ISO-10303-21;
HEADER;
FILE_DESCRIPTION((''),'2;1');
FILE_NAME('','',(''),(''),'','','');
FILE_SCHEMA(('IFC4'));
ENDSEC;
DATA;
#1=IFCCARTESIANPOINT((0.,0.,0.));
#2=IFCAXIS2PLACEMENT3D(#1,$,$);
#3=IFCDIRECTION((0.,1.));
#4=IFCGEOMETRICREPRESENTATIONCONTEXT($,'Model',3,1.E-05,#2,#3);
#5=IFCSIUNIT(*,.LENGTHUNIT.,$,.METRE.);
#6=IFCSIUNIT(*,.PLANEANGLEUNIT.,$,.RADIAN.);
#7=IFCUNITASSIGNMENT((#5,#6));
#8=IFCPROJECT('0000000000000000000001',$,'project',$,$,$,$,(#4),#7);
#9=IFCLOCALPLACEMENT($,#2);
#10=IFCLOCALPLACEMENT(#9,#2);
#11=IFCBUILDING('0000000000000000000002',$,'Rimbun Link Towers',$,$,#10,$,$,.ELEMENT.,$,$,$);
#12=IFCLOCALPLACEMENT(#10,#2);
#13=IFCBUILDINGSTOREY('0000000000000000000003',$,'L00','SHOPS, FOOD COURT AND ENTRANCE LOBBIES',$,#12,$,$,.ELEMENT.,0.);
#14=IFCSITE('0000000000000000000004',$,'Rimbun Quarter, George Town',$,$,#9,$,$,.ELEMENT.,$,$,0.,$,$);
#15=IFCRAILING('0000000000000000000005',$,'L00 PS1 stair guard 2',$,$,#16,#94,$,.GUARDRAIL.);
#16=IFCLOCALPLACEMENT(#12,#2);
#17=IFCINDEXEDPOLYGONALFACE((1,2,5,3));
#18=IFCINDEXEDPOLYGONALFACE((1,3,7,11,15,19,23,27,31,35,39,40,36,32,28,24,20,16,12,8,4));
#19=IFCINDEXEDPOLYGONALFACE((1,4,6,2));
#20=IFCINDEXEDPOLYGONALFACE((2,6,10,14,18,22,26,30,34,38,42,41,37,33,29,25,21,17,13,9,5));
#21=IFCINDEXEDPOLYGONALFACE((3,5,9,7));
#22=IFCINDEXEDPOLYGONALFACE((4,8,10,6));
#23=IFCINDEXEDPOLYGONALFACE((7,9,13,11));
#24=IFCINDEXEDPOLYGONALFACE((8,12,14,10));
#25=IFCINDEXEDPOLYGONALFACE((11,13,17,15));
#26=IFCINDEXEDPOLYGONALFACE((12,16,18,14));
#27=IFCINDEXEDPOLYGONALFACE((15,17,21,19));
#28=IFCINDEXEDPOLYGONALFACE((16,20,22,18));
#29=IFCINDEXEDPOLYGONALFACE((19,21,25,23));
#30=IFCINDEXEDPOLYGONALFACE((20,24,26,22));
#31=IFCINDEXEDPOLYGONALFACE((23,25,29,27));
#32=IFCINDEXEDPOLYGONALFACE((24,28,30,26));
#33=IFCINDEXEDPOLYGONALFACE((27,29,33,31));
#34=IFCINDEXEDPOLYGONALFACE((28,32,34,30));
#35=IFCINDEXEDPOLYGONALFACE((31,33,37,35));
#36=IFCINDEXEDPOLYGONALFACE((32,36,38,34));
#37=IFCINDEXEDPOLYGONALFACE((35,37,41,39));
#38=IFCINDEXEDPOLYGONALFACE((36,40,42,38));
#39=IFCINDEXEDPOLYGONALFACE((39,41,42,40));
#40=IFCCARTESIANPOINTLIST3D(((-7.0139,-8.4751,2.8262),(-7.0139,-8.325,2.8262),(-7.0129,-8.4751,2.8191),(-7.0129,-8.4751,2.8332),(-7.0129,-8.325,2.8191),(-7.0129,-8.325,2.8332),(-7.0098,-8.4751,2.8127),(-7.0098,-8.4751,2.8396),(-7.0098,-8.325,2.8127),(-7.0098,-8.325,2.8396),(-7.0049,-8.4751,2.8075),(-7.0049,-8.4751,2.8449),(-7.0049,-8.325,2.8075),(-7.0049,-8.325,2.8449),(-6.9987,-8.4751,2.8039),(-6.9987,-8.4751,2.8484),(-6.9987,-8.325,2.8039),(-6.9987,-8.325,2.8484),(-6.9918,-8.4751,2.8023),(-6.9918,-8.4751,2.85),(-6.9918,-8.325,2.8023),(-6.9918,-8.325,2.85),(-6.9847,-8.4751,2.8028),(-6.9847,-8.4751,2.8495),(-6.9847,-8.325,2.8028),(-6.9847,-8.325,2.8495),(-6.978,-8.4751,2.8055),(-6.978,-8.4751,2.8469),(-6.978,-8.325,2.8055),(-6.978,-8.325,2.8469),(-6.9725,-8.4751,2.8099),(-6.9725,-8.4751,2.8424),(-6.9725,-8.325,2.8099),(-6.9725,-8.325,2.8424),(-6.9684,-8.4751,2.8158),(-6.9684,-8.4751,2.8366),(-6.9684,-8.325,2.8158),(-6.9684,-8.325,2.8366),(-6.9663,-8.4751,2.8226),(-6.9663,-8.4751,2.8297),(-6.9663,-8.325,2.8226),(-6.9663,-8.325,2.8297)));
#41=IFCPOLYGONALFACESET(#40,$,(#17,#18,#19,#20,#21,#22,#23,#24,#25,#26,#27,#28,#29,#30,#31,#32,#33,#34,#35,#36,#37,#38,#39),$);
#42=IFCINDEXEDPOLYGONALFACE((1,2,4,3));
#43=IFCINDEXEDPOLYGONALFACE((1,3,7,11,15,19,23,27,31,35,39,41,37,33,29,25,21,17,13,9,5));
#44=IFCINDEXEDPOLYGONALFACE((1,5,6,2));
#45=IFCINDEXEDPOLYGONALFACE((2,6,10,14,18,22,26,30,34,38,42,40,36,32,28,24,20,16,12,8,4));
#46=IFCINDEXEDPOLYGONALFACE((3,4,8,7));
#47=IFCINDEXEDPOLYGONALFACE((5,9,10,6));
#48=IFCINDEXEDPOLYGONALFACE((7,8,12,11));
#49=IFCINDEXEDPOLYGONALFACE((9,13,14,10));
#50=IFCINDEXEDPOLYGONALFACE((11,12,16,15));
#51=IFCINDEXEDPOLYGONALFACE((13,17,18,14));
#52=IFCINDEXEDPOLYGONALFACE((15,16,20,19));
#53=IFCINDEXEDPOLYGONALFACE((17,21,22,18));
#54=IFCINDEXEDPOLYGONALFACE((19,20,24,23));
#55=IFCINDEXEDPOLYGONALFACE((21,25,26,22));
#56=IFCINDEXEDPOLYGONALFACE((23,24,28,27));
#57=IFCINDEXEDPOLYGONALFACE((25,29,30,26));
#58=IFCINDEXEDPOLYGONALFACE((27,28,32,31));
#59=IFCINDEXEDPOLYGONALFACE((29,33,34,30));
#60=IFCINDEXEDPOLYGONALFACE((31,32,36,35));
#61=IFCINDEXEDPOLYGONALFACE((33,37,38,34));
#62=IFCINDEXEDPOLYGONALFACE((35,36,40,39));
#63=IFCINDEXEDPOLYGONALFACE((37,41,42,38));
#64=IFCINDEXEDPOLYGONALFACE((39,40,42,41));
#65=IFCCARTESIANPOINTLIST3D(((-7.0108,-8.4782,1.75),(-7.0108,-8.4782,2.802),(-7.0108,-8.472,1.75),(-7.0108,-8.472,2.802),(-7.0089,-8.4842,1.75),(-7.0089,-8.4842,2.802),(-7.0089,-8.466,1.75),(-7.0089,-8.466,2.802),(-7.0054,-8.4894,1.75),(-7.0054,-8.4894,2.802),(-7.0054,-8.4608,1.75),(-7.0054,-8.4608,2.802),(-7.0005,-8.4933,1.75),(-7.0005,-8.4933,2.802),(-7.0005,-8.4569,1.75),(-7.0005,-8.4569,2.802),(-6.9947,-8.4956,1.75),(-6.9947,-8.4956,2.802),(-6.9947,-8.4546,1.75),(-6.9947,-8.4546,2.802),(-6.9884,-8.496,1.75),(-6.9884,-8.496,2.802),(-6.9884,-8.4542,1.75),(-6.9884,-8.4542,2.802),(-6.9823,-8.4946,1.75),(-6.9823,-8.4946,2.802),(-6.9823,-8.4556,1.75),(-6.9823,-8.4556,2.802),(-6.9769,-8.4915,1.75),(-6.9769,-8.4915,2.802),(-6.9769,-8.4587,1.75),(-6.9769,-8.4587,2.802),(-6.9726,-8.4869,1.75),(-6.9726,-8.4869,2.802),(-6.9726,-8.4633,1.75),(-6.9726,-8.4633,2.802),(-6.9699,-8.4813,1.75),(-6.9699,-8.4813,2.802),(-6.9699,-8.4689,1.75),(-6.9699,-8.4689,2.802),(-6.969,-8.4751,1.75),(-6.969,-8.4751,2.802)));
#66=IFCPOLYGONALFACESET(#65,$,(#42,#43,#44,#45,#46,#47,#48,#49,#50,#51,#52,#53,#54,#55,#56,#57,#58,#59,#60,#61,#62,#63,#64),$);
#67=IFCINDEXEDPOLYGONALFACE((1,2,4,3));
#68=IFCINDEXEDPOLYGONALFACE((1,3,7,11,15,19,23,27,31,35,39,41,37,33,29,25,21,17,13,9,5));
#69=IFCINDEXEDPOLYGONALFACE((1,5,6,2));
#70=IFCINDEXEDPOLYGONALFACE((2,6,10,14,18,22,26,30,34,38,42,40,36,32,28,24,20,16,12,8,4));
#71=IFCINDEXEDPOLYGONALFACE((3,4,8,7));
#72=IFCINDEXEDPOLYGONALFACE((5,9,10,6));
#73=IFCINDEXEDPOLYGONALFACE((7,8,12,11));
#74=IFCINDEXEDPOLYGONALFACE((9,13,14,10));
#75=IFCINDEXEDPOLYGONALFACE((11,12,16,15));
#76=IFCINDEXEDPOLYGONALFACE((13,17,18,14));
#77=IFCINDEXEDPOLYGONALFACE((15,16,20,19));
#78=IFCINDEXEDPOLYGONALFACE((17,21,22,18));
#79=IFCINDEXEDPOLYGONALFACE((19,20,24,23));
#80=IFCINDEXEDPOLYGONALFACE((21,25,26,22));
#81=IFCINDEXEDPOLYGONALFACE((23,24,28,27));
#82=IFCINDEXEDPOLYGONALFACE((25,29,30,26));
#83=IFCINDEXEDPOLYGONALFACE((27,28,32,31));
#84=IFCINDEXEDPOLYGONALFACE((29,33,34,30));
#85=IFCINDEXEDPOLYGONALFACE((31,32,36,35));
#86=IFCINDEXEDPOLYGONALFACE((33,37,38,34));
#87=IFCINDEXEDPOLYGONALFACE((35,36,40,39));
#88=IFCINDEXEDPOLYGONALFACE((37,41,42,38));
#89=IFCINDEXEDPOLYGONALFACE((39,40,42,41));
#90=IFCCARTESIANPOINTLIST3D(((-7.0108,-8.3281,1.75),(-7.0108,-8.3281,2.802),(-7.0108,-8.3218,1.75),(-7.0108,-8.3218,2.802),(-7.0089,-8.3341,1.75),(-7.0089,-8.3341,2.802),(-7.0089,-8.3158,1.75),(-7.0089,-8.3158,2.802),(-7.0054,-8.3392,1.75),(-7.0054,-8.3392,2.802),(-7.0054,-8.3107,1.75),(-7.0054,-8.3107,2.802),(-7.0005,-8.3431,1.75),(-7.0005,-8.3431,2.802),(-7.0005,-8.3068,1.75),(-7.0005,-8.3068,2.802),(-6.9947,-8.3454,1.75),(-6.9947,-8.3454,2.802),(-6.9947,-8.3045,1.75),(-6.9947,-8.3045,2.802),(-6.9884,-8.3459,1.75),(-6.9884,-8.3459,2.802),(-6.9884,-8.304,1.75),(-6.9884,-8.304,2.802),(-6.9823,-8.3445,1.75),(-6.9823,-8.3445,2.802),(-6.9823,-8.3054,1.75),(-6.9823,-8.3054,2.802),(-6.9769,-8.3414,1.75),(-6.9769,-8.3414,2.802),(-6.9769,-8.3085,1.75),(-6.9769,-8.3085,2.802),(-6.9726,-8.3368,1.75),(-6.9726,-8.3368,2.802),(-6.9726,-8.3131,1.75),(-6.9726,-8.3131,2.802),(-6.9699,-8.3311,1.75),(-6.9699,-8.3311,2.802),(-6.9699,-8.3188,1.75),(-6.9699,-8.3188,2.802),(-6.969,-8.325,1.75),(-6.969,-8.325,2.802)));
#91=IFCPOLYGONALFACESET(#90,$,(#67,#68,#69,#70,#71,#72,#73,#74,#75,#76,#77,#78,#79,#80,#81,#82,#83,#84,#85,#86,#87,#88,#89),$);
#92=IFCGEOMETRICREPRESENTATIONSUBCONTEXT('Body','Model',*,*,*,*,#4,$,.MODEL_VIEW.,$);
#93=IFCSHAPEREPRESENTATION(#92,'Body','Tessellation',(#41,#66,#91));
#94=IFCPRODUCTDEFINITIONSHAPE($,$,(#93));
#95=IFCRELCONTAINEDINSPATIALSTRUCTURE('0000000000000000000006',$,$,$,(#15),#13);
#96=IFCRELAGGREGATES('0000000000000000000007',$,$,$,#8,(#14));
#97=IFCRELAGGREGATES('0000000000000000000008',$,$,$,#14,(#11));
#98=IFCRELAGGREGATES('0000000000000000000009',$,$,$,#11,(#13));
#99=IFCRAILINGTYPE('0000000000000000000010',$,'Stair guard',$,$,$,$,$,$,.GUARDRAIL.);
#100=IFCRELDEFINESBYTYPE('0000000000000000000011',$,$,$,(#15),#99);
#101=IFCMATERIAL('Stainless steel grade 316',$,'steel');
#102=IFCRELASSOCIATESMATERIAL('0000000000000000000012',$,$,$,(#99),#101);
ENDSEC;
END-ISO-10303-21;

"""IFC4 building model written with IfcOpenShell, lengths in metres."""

from ifc_helpers import new_model, si_unit, direction, frame, origin, origin_2d, place, context, subcontext, project, spatial, circle, extrude, material, type_object, element, save


model = new_model("IFC4")

# Units and contexts
model_context = context("Model", 3, precision=1e-05, world=origin(), true_north=direction((0.0, 1.0)))
body_context = subcontext(model_context, "Body", "Model", "MODEL_VIEW")
ifc_project = project(units=[si_unit("LENGTHUNIT", "METRE"), si_unit("PLANEANGLEUNIT", "RADIAN")], contexts=[model_context])

# Site, building, storey
site_placement = place(None, origin())
site = spatial("IfcSite", under=ifc_project, at=site_placement, Name="Rimbun Quarter, George Town", CompositionType="ELEMENT", RefElevation=0.0)
building_placement = place(site_placement, origin())
building = spatial("IfcBuilding", under=site, at=building_placement, Name="Rimbun Link Towers", CompositionType="ELEMENT")
storey_placement = place(building_placement, origin())
storey = spatial("IfcBuildingStorey", under=building, at=storey_placement, Name="L00", Description="SHOPS, FOOD COURT AND ENTRANCE LOBBIES", CompositionType="ELEMENT", Elevation=0.0)

# Railing
ifc_material_1 = material(Name="Stainless steel grade 316", Category="steel")
railing_type_1 = type_object("IfcRailingType", Name="Stair guard", PredefinedType="GUARDRAIL", material=ifc_material_1)
railing_1_placement = place(storey_placement, frame((-6.99, -8.4751, 1.75)))
element("IfcRailing", 1, at=railing_1_placement, inside=storey, type_object=railing_type_1, Name="L00 PS1 stair guard 2", PredefinedType="GUARDRAIL", context=body_context, shape_type="SweptSolid", body=[
    extrude(circle(Radius=0.0239, at=origin_2d()), frame((0.0, 0.0, 1.0762), z_axis=(0.0, 1.0, 0.0), x_axis=(-1.0, 0.0, 0.0)), (0.0, 0.0, 1.0), 0.1501),
    extrude(circle(Radius=0.021, at=origin_2d()), origin(), (0.0, 0.0, 1.0), 1.052),
    extrude(circle(Radius=0.021, at=origin_2d()), frame((0.0, 0.1501, 0.0)), (0.0, 0.0, 1.0), 1.052),
])

save(model, "model.ifc")
